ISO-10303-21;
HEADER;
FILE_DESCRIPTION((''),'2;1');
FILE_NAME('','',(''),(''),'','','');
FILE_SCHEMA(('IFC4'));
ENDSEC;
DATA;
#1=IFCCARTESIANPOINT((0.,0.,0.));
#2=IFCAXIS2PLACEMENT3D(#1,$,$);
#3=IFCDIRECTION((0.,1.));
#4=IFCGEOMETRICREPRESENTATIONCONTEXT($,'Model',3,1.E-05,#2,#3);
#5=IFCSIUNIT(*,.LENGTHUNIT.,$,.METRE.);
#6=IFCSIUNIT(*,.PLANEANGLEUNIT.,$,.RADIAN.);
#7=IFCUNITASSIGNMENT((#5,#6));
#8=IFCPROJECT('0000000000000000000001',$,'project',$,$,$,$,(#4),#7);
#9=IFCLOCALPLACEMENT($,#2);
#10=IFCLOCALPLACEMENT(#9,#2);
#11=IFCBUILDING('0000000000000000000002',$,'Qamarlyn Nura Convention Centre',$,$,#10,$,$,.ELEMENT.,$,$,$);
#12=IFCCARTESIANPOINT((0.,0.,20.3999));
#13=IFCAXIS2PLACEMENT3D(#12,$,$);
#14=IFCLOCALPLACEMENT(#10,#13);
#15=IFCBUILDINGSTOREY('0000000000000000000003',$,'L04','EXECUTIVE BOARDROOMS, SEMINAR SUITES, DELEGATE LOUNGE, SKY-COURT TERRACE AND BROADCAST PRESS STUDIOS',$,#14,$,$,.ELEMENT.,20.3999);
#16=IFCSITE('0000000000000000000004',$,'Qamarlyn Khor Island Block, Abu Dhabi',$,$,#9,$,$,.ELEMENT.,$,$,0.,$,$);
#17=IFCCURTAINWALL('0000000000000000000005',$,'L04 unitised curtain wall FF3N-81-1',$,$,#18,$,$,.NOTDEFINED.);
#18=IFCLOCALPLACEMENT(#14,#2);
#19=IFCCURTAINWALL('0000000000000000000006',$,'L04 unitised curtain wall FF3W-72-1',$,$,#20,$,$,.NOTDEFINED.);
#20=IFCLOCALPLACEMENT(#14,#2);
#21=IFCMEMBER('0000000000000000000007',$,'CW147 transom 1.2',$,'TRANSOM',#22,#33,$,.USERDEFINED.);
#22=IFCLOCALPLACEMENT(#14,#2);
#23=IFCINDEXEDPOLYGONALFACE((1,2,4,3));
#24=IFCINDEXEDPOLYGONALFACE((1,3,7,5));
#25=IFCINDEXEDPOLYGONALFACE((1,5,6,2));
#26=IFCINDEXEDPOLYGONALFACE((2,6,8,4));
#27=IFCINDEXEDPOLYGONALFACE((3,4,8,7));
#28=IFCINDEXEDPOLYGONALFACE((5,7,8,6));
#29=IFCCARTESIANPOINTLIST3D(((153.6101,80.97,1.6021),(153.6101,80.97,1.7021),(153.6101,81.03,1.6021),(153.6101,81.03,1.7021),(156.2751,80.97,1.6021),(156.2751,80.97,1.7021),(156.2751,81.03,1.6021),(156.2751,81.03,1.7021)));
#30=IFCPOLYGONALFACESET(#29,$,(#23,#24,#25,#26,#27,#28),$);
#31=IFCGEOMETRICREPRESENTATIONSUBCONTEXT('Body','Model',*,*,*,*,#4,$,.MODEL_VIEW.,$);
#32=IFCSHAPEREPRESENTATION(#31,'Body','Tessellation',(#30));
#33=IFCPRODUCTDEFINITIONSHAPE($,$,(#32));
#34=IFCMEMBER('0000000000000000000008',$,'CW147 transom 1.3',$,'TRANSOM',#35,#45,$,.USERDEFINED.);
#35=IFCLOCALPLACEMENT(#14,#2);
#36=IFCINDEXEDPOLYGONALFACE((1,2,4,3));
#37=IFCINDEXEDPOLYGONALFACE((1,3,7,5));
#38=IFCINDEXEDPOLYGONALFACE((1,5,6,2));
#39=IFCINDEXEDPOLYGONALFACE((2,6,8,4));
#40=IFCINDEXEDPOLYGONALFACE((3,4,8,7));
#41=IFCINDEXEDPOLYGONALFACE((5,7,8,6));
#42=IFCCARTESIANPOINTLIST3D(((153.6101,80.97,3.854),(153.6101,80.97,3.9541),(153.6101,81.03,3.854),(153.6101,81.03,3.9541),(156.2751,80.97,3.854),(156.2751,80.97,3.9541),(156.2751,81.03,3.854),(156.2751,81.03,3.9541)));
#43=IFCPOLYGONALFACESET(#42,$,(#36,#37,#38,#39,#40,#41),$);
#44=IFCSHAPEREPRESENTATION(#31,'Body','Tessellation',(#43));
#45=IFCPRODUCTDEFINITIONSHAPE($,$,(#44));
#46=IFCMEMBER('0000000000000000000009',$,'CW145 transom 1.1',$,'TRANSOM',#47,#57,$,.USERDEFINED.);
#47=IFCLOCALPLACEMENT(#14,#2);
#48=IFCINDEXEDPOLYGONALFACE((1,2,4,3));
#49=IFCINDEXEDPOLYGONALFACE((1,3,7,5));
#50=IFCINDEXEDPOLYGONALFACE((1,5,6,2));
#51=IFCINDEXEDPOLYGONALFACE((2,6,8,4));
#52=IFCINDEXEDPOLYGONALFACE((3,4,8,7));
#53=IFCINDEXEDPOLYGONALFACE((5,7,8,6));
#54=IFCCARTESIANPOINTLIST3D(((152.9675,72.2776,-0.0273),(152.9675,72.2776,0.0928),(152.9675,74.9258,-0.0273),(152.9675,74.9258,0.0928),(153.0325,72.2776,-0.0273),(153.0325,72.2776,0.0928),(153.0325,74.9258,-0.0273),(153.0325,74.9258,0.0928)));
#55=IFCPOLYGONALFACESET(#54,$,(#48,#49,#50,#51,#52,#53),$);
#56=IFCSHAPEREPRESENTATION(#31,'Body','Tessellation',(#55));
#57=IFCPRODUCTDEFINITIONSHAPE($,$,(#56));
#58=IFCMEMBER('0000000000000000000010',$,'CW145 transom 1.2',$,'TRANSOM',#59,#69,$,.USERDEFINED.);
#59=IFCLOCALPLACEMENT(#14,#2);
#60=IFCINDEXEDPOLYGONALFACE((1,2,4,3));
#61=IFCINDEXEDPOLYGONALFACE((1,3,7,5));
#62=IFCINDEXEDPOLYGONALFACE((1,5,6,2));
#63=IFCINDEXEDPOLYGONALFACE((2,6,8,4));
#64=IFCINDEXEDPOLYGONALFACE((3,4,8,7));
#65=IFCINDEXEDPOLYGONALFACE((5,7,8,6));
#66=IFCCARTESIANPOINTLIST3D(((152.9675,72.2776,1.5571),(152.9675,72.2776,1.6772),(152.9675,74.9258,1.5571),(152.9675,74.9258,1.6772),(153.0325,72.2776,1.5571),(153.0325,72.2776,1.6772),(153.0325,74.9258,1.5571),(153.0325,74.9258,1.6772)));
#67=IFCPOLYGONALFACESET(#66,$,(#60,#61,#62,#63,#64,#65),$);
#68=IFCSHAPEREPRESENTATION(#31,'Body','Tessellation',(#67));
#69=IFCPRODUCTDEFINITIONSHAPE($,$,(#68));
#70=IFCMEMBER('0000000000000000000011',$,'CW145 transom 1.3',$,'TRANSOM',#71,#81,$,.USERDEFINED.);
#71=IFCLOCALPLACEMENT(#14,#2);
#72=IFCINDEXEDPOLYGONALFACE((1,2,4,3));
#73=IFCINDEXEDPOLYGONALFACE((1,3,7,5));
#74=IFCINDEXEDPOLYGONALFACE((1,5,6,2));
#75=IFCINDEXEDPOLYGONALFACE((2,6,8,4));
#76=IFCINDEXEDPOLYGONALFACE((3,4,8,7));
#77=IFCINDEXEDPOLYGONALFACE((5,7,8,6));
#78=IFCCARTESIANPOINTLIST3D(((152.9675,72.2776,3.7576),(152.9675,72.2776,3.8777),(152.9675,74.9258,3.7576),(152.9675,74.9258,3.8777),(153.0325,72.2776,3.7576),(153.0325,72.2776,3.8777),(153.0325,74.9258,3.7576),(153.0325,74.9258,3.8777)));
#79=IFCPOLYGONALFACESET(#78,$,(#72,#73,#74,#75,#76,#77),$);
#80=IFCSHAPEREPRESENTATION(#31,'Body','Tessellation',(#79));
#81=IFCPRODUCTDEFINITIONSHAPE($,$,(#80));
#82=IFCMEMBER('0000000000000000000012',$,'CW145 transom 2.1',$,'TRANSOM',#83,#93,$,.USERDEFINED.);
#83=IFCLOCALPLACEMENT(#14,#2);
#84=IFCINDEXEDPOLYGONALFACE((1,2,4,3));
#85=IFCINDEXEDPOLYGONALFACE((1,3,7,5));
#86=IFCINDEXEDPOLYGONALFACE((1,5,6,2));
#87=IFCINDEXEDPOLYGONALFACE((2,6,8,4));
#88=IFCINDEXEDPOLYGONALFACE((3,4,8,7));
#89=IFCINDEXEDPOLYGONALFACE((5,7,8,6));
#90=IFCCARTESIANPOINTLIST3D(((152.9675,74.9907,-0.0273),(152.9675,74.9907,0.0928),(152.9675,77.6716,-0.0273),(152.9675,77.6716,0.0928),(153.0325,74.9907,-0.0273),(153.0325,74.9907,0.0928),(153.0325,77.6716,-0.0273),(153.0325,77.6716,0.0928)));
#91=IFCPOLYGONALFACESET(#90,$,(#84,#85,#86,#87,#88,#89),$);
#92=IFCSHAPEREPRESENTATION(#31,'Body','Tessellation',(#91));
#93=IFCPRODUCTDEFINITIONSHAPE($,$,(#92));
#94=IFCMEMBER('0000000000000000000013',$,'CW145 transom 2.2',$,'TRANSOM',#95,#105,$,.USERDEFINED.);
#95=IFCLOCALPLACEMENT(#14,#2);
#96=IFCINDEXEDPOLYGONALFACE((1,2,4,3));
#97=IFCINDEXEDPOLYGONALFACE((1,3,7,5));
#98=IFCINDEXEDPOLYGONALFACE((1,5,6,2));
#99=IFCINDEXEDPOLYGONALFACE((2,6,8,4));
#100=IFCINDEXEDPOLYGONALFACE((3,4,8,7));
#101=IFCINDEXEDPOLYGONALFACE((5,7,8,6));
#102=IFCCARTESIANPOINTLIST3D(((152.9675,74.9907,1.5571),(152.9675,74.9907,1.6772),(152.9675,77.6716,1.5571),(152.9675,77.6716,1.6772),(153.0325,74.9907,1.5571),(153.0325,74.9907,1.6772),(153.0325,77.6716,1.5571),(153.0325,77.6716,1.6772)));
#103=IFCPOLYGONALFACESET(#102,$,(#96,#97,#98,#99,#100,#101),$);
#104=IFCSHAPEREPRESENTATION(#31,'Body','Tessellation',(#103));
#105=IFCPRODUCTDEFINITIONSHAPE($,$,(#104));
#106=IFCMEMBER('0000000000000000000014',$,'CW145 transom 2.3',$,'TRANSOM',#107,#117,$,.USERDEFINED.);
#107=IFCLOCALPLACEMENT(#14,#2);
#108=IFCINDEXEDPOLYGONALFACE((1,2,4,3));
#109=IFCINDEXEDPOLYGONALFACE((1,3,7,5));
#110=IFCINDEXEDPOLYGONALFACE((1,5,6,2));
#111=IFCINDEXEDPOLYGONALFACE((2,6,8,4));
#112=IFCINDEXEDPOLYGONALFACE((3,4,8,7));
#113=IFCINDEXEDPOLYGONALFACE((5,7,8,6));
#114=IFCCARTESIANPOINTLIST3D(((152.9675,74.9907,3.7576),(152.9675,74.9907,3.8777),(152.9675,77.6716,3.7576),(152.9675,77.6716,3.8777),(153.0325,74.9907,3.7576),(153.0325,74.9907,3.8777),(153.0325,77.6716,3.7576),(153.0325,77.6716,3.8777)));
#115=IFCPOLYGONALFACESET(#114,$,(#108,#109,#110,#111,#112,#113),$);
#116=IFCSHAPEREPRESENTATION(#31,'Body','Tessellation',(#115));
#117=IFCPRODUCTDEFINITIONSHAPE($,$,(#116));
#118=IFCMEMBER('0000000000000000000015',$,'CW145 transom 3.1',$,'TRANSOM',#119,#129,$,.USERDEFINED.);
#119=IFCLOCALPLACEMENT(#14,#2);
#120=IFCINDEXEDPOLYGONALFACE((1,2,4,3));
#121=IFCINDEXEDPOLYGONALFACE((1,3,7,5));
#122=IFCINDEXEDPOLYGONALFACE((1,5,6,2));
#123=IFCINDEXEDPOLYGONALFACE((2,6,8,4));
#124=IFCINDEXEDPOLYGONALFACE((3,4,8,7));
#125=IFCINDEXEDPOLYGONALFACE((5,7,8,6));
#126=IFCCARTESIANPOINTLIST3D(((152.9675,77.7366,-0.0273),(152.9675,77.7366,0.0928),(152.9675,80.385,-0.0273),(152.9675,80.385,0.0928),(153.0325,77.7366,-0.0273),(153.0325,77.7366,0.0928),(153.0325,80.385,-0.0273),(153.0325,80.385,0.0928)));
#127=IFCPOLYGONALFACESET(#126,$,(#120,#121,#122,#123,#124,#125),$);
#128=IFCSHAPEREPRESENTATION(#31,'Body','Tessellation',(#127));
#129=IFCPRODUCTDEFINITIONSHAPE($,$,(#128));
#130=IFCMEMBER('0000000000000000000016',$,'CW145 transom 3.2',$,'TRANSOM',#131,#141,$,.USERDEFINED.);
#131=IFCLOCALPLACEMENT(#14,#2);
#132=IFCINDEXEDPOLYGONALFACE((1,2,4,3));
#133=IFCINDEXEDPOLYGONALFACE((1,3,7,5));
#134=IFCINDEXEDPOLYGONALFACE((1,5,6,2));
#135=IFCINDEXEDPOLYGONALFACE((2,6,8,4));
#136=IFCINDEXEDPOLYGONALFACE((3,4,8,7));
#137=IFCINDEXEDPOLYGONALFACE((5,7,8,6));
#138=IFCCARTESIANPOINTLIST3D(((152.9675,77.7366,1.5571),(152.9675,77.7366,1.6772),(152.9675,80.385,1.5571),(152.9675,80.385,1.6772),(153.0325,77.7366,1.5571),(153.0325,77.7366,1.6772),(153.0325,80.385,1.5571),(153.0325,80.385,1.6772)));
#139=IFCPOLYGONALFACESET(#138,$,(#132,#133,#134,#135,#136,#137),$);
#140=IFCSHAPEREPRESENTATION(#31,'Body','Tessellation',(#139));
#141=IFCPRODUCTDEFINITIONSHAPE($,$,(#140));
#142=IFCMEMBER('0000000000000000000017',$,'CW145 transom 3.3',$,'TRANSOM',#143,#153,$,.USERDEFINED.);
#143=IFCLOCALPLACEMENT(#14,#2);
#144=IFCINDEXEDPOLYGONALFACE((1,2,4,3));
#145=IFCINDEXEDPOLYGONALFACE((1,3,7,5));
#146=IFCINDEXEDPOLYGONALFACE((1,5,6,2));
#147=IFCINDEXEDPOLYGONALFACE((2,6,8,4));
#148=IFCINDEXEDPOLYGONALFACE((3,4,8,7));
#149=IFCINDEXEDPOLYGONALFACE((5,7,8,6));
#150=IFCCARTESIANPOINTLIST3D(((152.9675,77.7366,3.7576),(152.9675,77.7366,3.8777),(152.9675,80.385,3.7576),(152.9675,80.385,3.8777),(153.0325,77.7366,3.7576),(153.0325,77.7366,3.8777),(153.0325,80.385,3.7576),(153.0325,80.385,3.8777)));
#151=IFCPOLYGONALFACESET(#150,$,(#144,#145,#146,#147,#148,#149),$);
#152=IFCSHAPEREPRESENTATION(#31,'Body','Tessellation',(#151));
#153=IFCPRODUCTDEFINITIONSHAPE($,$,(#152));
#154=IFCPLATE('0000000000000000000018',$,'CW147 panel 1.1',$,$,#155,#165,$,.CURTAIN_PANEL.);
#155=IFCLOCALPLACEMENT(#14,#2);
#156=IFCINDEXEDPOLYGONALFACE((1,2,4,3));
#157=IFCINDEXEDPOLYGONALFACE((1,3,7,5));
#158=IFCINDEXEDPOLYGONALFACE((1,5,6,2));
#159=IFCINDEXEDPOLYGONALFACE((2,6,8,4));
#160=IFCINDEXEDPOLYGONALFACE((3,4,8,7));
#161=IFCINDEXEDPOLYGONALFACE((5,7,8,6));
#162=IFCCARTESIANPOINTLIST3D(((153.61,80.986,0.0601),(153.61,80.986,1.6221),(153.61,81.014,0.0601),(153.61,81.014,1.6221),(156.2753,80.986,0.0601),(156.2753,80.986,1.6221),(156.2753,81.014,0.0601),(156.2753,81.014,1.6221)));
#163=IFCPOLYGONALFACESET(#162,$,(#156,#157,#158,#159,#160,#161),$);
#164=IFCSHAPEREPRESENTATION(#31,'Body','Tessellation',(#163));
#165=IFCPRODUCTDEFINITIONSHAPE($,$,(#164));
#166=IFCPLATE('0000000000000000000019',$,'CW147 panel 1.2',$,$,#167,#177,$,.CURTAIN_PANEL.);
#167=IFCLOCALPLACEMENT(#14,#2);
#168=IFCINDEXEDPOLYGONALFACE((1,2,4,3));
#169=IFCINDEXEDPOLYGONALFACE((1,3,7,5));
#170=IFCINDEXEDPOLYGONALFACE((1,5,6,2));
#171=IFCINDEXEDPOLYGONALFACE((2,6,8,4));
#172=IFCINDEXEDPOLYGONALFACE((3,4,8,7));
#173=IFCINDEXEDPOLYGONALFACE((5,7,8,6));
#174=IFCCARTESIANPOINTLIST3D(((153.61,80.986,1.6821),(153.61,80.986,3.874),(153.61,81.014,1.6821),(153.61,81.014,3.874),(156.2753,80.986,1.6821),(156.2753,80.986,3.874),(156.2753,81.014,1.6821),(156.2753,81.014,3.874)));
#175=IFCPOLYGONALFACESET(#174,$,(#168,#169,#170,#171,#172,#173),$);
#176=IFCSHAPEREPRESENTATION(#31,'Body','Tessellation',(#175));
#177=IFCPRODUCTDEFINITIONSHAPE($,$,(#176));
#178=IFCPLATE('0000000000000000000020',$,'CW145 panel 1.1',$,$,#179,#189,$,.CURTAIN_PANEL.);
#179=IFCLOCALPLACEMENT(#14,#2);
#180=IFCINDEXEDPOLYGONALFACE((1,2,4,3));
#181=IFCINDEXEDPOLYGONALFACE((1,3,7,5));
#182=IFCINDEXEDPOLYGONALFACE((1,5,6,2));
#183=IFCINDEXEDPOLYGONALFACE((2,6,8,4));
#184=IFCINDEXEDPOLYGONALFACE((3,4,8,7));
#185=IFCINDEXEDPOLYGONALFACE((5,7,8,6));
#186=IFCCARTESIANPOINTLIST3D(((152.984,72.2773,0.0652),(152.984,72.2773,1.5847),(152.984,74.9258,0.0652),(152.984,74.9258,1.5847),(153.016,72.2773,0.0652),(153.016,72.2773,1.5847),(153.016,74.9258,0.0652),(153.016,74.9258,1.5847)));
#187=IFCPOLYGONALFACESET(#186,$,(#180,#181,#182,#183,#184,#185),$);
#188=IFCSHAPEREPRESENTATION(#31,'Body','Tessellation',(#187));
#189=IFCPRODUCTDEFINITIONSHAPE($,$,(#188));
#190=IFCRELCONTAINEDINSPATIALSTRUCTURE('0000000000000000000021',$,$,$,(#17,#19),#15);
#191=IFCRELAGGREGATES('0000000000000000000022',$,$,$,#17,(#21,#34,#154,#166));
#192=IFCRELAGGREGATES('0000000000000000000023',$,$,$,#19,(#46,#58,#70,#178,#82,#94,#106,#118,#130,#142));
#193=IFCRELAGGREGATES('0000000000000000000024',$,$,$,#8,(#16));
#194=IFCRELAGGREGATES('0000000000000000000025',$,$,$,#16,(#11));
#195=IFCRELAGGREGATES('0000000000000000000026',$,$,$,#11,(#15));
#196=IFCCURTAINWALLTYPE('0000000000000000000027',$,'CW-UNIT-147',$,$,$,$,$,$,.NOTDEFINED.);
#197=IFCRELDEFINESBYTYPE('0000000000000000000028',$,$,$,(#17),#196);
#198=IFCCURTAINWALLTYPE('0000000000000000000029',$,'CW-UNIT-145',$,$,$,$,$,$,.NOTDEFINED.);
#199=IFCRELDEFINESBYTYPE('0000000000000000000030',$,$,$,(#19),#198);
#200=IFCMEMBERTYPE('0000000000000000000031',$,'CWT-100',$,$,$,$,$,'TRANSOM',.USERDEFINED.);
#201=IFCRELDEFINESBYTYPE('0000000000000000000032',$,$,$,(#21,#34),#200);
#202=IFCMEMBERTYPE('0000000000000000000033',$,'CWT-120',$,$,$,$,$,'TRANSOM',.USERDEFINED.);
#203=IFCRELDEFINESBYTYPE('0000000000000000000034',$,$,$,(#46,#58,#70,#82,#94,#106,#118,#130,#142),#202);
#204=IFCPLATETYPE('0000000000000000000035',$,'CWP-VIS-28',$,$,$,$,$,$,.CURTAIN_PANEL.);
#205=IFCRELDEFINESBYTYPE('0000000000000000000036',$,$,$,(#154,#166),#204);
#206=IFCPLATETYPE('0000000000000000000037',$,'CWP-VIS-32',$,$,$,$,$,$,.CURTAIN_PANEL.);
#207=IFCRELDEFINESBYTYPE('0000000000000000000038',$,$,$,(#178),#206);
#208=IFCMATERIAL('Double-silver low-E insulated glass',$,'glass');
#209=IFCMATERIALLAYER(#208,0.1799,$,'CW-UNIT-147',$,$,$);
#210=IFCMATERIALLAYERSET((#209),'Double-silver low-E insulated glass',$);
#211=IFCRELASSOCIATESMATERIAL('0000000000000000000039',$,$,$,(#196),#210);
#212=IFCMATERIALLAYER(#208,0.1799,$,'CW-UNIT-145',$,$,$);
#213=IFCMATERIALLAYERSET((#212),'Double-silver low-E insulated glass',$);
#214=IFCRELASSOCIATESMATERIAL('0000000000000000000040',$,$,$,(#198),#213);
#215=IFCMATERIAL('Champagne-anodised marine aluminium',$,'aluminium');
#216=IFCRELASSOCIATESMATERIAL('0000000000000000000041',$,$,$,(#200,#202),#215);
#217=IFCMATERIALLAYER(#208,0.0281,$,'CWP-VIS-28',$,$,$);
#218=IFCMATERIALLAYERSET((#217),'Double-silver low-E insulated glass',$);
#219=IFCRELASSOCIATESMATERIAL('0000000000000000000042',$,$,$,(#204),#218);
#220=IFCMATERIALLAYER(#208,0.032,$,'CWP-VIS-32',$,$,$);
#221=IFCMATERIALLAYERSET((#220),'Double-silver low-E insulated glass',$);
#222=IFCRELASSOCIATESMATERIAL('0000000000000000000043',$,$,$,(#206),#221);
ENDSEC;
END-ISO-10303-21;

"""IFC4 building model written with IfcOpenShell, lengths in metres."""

from ifc_helpers import new_model, si_unit, direction, frame, origin, origin_2d, place, context, subcontext, project, spatial, rectangle, extrude, material, layer, layer_set, material_profile, profile_set, type_object, element, aggregate, save


model = new_model("IFC4")

# Units and contexts
model_context = context("Model", 3, precision=1e-05, world=origin(), true_north=direction((0.0, 1.0)))
body_context = subcontext(model_context, "Body", "Model", "MODEL_VIEW")
ifc_project = project(units=[si_unit("LENGTHUNIT", "METRE"), si_unit("PLANEANGLEUNIT", "RADIAN")], contexts=[model_context])

# Site, building, storey
site_placement = place(None, origin())
site = spatial("IfcSite", under=ifc_project, at=site_placement, Name="Qamarlyn Khor Island Block, Abu Dhabi", CompositionType="ELEMENT", RefElevation=0.0)
building_placement = place(site_placement, origin())
building = spatial("IfcBuilding", under=site, at=building_placement, Name="Qamarlyn Nura Convention Centre", CompositionType="ELEMENT")
storey_placement = place(building_placement, frame((0.0, 0.0, 20.3999)))
storey = spatial("IfcBuildingStorey", under=building, at=storey_placement, Name="L04", Description="EXECUTIVE BOARDROOMS, SEMINAR SUITES, DELEGATE LOUNGE, SKY-COURT TERRACE AND BROADCAST PRESS STUDIOS", CompositionType="ELEMENT", Elevation=20.3999)

# Curtain wall
ifc_material_1 = material(Name="Double-silver low-E insulated glass", Category="glass")
ifc_layer_1 = layer(ifc_material_1, 0.1799, Name="CW-UNIT-147")
ifc_layer_set_1 = layer_set([ifc_layer_1], Name="Double-silver low-E insulated glass")
curtain_wall_type_1 = type_object("IfcCurtainWallType", Name="CW-UNIT-147", PredefinedType="NOTDEFINED", material=ifc_layer_set_1)
curtain_wall_1_placement = place(storey_placement, origin())
curtain_wall_1 = element("IfcCurtainWall", 1, at=curtain_wall_1_placement, inside=storey, type_object=curtain_wall_type_1, Name="L04 unitised curtain wall FF3N-81-1", PredefinedType="NOTDEFINED")
ifc_material_2 = material(Name="Champagne-anodised marine aluminium", Category="aluminium")

# Curtain wall
ifc_layer_2 = layer(ifc_material_1, 0.1799, Name="CW-UNIT-145")
ifc_layer_set_2 = layer_set([ifc_layer_2], Name="Double-silver low-E insulated glass")
curtain_wall_type_2 = type_object("IfcCurtainWallType", Name="CW-UNIT-145", PredefinedType="NOTDEFINED", material=ifc_layer_set_2)
curtain_wall_2_placement = place(storey_placement, origin())
curtain_wall_2 = element("IfcCurtainWall", 2, at=curtain_wall_2_placement, inside=storey, type_object=curtain_wall_type_2, Name="L04 unitised curtain wall FF3W-72-1", PredefinedType="NOTDEFINED")

# Members
ifc_material_profile_1 = material_profile(ifc_material_2, rectangle(XDim=0.0601, YDim=0.1001, at=origin_2d()), Name="ALU TRANSOM 60x100")
ifc_profile_set_1 = profile_set([ifc_material_profile_1], Name="Champagne-anodised marine aluminium")
member_type_1 = type_object("IfcMemberType", Name="CWT-100", ElementType="TRANSOM", PredefinedType="USERDEFINED", material=ifc_profile_set_1)
member_1_placement = place(storey_placement, frame((153.6101, 81.0, 1.6521), z_axis=(1.0, 0.0, 0.0), x_axis=(0.0, 1.0, 0.0)))
member_1 = element("IfcMember", 3, at=member_1_placement, type_object=member_type_1, Name="CW147 transom 1.2", ObjectType="TRANSOM", PredefinedType="USERDEFINED", context=body_context, shape_type="SweptSolid", body=[
    extrude(rectangle(XDim=0.0601, YDim=0.1001, at=origin_2d()), origin(), (0.0, 0.0, 1.0), 2.665),
])
member_2_placement = place(storey_placement, frame((153.6101, 81.0, 3.9041), z_axis=(1.0, 0.0, 0.0), x_axis=(0.0, 1.0, 0.0)))
member_2 = element("IfcMember", 4, at=member_2_placement, type_object=member_type_1, Name="CW147 transom 1.3", ObjectType="TRANSOM", PredefinedType="USERDEFINED", context=body_context, shape_type="SweptSolid", body=[
    extrude(rectangle(XDim=0.0601, YDim=0.1001, at=origin_2d()), origin(), (0.0, 0.0, 1.0), 2.665),
])
ifc_material_profile_2 = material_profile(ifc_material_2, rectangle(XDim=0.0649, YDim=0.1201, at=origin_2d()), Name="ALU TRANSOM 65x120")
ifc_profile_set_2 = profile_set([ifc_material_profile_2], Name="Champagne-anodised marine aluminium")
member_type_2 = type_object("IfcMemberType", Name="CWT-120", ElementType="TRANSOM", PredefinedType="USERDEFINED", material=ifc_profile_set_2)
member_3_placement = place(storey_placement, frame((153.0, 72.2776, 0.0327), z_axis=(0.0, 1.0, 0.0), x_axis=(-1.0, 0.0, 0.0)))
member_3 = element("IfcMember", 5, at=member_3_placement, type_object=member_type_2, Name="CW145 transom 1.1", ObjectType="TRANSOM", PredefinedType="USERDEFINED", context=body_context, shape_type="SweptSolid", body=[
    extrude(rectangle(XDim=0.0649, YDim=0.1201, at=origin_2d()), origin(), (0.0, 0.0, 1.0), 2.6482),
])
member_4_placement = place(storey_placement, frame((153.0, 72.2776, 1.6172), z_axis=(0.0, 1.0, 0.0), x_axis=(-1.0, 0.0, 0.0)))
member_4 = element("IfcMember", 6, at=member_4_placement, type_object=member_type_2, Name="CW145 transom 1.2", ObjectType="TRANSOM", PredefinedType="USERDEFINED", context=body_context, shape_type="SweptSolid", body=[
    extrude(rectangle(XDim=0.0649, YDim=0.1201, at=origin_2d()), origin(), (0.0, 0.0, 1.0), 2.6482),
])
member_5_placement = place(storey_placement, frame((153.0, 72.2776, 3.8176), z_axis=(0.0, 1.0, 0.0), x_axis=(-1.0, 0.0, 0.0)))
member_5 = element("IfcMember", 7, at=member_5_placement, type_object=member_type_2, Name="CW145 transom 1.3", ObjectType="TRANSOM", PredefinedType="USERDEFINED", context=body_context, shape_type="SweptSolid", body=[
    extrude(rectangle(XDim=0.0649, YDim=0.1201, at=origin_2d()), origin(), (0.0, 0.0, 1.0), 2.6482),
])
member_6_placement = place(storey_placement, frame((153.0, 74.9907, 0.0327), z_axis=(0.0, 1.0, 0.0), x_axis=(-1.0, 0.0, 0.0)))
member_6 = element("IfcMember", 8, at=member_6_placement, type_object=member_type_2, Name="CW145 transom 2.1", ObjectType="TRANSOM", PredefinedType="USERDEFINED", context=body_context, shape_type="SweptSolid", body=[
    extrude(rectangle(XDim=0.0649, YDim=0.1201, at=origin_2d()), origin(), (0.0, 0.0, 1.0), 2.6809),
])
member_7_placement = place(storey_placement, frame((153.0, 74.9907, 1.6172), z_axis=(0.0, 1.0, 0.0), x_axis=(-1.0, 0.0, 0.0)))
member_7 = element("IfcMember", 9, at=member_7_placement, type_object=member_type_2, Name="CW145 transom 2.2", ObjectType="TRANSOM", PredefinedType="USERDEFINED", context=body_context, shape_type="SweptSolid", body=[
    extrude(rectangle(XDim=0.0649, YDim=0.1201, at=origin_2d()), origin(), (0.0, 0.0, 1.0), 2.6809),
])
member_8_placement = place(storey_placement, frame((153.0, 74.9907, 3.8176), z_axis=(0.0, 1.0, 0.0), x_axis=(-1.0, 0.0, 0.0)))
member_8 = element("IfcMember", 10, at=member_8_placement, type_object=member_type_2, Name="CW145 transom 2.3", ObjectType="TRANSOM", PredefinedType="USERDEFINED", context=body_context, shape_type="SweptSolid", body=[
    extrude(rectangle(XDim=0.0649, YDim=0.1201, at=origin_2d()), origin(), (0.0, 0.0, 1.0), 2.6809),
])
member_9_placement = place(storey_placement, frame((153.0, 77.7366, 0.0327), z_axis=(0.0, 1.0, 0.0), x_axis=(-1.0, 0.0, 0.0)))
member_9 = element("IfcMember", 11, at=member_9_placement, type_object=member_type_2, Name="CW145 transom 3.1", ObjectType="TRANSOM", PredefinedType="USERDEFINED", context=body_context, shape_type="SweptSolid", body=[
    extrude(rectangle(XDim=0.0649, YDim=0.1201, at=origin_2d()), origin(), (0.0, 0.0, 1.0), 2.6484),
])
member_10_placement = place(storey_placement, frame((153.0, 77.7366, 1.6172), z_axis=(0.0, 1.0, 0.0), x_axis=(-1.0, 0.0, 0.0)))
member_10 = element("IfcMember", 12, at=member_10_placement, type_object=member_type_2, Name="CW145 transom 3.2", ObjectType="TRANSOM", PredefinedType="USERDEFINED", context=body_context, shape_type="SweptSolid", body=[
    extrude(rectangle(XDim=0.0649, YDim=0.1201, at=origin_2d()), origin(), (0.0, 0.0, 1.0), 2.6484),
])
member_11_placement = place(storey_placement, frame((153.0, 77.7366, 3.8176), z_axis=(0.0, 1.0, 0.0), x_axis=(-1.0, 0.0, 0.0)))
member_11 = element("IfcMember", 13, at=member_11_placement, type_object=member_type_2, Name="CW145 transom 3.3", ObjectType="TRANSOM", PredefinedType="USERDEFINED", context=body_context, shape_type="SweptSolid", body=[
    extrude(rectangle(XDim=0.0649, YDim=0.1201, at=origin_2d()), origin(), (0.0, 0.0, 1.0), 2.6484),
])

# Plates
ifc_layer_3 = layer(ifc_material_1, 0.0281, Name="CWP-VIS-28")
ifc_layer_set_3 = layer_set([ifc_layer_3], Name="Double-silver low-E insulated glass")
plate_type_1 = type_object("IfcPlateType", Name="CWP-VIS-28", PredefinedType="CURTAIN_PANEL", material=ifc_layer_set_3)
plate_1_placement = place(storey_placement, frame((154.9426, 81.0, 0.0601), z_axis=(0.0, 0.0, 1.0), x_axis=(1.0, 0.0, 0.0)))
plate_1 = element("IfcPlate", 14, at=plate_1_placement, type_object=plate_type_1, Name="CW147 panel 1.1", PredefinedType="CURTAIN_PANEL", context=body_context, shape_type="SweptSolid", body=[
    extrude(rectangle(XDim=2.6653, YDim=0.0281, at=origin_2d()), origin(), (0.0, 0.0, 1.0), 1.562),
])
plate_2_placement = place(storey_placement, frame((154.9426, 81.0, 1.6821), z_axis=(0.0, 0.0, 1.0), x_axis=(1.0, 0.0, 0.0)))
plate_2 = element("IfcPlate", 15, at=plate_2_placement, type_object=plate_type_1, Name="CW147 panel 1.2", PredefinedType="CURTAIN_PANEL", context=body_context, shape_type="SweptSolid", body=[
    extrude(rectangle(XDim=2.6653, YDim=0.0281, at=origin_2d()), origin(), (0.0, 0.0, 1.0), 2.1919),
])
aggregate(curtain_wall_1, [member_1, member_2, plate_1, plate_2])
ifc_layer_4 = layer(ifc_material_1, 0.032, Name="CWP-VIS-32")
ifc_layer_set_4 = layer_set([ifc_layer_4], Name="Double-silver low-E insulated glass")
plate_type_2 = type_object("IfcPlateType", Name="CWP-VIS-32", PredefinedType="CURTAIN_PANEL", material=ifc_layer_set_4)
plate_3_placement = place(storey_placement, frame((153.0, 73.6016, 0.0652), z_axis=(0.0, 0.0, 1.0), x_axis=(0.0, 1.0, 0.0)))
plate_3 = element("IfcPlate", 16, at=plate_3_placement, type_object=plate_type_2, Name="CW145 panel 1.1", PredefinedType="CURTAIN_PANEL", context=body_context, shape_type="SweptSolid", body=[
    extrude(rectangle(XDim=2.6484, YDim=0.032, at=origin_2d()), origin(), (0.0, 0.0, 1.0), 1.5195),
])
aggregate(curtain_wall_2, [member_3, member_4, member_5, plate_3, member_6, member_7, member_8, member_9, member_10, member_11])

save(model, "model.ifc")
